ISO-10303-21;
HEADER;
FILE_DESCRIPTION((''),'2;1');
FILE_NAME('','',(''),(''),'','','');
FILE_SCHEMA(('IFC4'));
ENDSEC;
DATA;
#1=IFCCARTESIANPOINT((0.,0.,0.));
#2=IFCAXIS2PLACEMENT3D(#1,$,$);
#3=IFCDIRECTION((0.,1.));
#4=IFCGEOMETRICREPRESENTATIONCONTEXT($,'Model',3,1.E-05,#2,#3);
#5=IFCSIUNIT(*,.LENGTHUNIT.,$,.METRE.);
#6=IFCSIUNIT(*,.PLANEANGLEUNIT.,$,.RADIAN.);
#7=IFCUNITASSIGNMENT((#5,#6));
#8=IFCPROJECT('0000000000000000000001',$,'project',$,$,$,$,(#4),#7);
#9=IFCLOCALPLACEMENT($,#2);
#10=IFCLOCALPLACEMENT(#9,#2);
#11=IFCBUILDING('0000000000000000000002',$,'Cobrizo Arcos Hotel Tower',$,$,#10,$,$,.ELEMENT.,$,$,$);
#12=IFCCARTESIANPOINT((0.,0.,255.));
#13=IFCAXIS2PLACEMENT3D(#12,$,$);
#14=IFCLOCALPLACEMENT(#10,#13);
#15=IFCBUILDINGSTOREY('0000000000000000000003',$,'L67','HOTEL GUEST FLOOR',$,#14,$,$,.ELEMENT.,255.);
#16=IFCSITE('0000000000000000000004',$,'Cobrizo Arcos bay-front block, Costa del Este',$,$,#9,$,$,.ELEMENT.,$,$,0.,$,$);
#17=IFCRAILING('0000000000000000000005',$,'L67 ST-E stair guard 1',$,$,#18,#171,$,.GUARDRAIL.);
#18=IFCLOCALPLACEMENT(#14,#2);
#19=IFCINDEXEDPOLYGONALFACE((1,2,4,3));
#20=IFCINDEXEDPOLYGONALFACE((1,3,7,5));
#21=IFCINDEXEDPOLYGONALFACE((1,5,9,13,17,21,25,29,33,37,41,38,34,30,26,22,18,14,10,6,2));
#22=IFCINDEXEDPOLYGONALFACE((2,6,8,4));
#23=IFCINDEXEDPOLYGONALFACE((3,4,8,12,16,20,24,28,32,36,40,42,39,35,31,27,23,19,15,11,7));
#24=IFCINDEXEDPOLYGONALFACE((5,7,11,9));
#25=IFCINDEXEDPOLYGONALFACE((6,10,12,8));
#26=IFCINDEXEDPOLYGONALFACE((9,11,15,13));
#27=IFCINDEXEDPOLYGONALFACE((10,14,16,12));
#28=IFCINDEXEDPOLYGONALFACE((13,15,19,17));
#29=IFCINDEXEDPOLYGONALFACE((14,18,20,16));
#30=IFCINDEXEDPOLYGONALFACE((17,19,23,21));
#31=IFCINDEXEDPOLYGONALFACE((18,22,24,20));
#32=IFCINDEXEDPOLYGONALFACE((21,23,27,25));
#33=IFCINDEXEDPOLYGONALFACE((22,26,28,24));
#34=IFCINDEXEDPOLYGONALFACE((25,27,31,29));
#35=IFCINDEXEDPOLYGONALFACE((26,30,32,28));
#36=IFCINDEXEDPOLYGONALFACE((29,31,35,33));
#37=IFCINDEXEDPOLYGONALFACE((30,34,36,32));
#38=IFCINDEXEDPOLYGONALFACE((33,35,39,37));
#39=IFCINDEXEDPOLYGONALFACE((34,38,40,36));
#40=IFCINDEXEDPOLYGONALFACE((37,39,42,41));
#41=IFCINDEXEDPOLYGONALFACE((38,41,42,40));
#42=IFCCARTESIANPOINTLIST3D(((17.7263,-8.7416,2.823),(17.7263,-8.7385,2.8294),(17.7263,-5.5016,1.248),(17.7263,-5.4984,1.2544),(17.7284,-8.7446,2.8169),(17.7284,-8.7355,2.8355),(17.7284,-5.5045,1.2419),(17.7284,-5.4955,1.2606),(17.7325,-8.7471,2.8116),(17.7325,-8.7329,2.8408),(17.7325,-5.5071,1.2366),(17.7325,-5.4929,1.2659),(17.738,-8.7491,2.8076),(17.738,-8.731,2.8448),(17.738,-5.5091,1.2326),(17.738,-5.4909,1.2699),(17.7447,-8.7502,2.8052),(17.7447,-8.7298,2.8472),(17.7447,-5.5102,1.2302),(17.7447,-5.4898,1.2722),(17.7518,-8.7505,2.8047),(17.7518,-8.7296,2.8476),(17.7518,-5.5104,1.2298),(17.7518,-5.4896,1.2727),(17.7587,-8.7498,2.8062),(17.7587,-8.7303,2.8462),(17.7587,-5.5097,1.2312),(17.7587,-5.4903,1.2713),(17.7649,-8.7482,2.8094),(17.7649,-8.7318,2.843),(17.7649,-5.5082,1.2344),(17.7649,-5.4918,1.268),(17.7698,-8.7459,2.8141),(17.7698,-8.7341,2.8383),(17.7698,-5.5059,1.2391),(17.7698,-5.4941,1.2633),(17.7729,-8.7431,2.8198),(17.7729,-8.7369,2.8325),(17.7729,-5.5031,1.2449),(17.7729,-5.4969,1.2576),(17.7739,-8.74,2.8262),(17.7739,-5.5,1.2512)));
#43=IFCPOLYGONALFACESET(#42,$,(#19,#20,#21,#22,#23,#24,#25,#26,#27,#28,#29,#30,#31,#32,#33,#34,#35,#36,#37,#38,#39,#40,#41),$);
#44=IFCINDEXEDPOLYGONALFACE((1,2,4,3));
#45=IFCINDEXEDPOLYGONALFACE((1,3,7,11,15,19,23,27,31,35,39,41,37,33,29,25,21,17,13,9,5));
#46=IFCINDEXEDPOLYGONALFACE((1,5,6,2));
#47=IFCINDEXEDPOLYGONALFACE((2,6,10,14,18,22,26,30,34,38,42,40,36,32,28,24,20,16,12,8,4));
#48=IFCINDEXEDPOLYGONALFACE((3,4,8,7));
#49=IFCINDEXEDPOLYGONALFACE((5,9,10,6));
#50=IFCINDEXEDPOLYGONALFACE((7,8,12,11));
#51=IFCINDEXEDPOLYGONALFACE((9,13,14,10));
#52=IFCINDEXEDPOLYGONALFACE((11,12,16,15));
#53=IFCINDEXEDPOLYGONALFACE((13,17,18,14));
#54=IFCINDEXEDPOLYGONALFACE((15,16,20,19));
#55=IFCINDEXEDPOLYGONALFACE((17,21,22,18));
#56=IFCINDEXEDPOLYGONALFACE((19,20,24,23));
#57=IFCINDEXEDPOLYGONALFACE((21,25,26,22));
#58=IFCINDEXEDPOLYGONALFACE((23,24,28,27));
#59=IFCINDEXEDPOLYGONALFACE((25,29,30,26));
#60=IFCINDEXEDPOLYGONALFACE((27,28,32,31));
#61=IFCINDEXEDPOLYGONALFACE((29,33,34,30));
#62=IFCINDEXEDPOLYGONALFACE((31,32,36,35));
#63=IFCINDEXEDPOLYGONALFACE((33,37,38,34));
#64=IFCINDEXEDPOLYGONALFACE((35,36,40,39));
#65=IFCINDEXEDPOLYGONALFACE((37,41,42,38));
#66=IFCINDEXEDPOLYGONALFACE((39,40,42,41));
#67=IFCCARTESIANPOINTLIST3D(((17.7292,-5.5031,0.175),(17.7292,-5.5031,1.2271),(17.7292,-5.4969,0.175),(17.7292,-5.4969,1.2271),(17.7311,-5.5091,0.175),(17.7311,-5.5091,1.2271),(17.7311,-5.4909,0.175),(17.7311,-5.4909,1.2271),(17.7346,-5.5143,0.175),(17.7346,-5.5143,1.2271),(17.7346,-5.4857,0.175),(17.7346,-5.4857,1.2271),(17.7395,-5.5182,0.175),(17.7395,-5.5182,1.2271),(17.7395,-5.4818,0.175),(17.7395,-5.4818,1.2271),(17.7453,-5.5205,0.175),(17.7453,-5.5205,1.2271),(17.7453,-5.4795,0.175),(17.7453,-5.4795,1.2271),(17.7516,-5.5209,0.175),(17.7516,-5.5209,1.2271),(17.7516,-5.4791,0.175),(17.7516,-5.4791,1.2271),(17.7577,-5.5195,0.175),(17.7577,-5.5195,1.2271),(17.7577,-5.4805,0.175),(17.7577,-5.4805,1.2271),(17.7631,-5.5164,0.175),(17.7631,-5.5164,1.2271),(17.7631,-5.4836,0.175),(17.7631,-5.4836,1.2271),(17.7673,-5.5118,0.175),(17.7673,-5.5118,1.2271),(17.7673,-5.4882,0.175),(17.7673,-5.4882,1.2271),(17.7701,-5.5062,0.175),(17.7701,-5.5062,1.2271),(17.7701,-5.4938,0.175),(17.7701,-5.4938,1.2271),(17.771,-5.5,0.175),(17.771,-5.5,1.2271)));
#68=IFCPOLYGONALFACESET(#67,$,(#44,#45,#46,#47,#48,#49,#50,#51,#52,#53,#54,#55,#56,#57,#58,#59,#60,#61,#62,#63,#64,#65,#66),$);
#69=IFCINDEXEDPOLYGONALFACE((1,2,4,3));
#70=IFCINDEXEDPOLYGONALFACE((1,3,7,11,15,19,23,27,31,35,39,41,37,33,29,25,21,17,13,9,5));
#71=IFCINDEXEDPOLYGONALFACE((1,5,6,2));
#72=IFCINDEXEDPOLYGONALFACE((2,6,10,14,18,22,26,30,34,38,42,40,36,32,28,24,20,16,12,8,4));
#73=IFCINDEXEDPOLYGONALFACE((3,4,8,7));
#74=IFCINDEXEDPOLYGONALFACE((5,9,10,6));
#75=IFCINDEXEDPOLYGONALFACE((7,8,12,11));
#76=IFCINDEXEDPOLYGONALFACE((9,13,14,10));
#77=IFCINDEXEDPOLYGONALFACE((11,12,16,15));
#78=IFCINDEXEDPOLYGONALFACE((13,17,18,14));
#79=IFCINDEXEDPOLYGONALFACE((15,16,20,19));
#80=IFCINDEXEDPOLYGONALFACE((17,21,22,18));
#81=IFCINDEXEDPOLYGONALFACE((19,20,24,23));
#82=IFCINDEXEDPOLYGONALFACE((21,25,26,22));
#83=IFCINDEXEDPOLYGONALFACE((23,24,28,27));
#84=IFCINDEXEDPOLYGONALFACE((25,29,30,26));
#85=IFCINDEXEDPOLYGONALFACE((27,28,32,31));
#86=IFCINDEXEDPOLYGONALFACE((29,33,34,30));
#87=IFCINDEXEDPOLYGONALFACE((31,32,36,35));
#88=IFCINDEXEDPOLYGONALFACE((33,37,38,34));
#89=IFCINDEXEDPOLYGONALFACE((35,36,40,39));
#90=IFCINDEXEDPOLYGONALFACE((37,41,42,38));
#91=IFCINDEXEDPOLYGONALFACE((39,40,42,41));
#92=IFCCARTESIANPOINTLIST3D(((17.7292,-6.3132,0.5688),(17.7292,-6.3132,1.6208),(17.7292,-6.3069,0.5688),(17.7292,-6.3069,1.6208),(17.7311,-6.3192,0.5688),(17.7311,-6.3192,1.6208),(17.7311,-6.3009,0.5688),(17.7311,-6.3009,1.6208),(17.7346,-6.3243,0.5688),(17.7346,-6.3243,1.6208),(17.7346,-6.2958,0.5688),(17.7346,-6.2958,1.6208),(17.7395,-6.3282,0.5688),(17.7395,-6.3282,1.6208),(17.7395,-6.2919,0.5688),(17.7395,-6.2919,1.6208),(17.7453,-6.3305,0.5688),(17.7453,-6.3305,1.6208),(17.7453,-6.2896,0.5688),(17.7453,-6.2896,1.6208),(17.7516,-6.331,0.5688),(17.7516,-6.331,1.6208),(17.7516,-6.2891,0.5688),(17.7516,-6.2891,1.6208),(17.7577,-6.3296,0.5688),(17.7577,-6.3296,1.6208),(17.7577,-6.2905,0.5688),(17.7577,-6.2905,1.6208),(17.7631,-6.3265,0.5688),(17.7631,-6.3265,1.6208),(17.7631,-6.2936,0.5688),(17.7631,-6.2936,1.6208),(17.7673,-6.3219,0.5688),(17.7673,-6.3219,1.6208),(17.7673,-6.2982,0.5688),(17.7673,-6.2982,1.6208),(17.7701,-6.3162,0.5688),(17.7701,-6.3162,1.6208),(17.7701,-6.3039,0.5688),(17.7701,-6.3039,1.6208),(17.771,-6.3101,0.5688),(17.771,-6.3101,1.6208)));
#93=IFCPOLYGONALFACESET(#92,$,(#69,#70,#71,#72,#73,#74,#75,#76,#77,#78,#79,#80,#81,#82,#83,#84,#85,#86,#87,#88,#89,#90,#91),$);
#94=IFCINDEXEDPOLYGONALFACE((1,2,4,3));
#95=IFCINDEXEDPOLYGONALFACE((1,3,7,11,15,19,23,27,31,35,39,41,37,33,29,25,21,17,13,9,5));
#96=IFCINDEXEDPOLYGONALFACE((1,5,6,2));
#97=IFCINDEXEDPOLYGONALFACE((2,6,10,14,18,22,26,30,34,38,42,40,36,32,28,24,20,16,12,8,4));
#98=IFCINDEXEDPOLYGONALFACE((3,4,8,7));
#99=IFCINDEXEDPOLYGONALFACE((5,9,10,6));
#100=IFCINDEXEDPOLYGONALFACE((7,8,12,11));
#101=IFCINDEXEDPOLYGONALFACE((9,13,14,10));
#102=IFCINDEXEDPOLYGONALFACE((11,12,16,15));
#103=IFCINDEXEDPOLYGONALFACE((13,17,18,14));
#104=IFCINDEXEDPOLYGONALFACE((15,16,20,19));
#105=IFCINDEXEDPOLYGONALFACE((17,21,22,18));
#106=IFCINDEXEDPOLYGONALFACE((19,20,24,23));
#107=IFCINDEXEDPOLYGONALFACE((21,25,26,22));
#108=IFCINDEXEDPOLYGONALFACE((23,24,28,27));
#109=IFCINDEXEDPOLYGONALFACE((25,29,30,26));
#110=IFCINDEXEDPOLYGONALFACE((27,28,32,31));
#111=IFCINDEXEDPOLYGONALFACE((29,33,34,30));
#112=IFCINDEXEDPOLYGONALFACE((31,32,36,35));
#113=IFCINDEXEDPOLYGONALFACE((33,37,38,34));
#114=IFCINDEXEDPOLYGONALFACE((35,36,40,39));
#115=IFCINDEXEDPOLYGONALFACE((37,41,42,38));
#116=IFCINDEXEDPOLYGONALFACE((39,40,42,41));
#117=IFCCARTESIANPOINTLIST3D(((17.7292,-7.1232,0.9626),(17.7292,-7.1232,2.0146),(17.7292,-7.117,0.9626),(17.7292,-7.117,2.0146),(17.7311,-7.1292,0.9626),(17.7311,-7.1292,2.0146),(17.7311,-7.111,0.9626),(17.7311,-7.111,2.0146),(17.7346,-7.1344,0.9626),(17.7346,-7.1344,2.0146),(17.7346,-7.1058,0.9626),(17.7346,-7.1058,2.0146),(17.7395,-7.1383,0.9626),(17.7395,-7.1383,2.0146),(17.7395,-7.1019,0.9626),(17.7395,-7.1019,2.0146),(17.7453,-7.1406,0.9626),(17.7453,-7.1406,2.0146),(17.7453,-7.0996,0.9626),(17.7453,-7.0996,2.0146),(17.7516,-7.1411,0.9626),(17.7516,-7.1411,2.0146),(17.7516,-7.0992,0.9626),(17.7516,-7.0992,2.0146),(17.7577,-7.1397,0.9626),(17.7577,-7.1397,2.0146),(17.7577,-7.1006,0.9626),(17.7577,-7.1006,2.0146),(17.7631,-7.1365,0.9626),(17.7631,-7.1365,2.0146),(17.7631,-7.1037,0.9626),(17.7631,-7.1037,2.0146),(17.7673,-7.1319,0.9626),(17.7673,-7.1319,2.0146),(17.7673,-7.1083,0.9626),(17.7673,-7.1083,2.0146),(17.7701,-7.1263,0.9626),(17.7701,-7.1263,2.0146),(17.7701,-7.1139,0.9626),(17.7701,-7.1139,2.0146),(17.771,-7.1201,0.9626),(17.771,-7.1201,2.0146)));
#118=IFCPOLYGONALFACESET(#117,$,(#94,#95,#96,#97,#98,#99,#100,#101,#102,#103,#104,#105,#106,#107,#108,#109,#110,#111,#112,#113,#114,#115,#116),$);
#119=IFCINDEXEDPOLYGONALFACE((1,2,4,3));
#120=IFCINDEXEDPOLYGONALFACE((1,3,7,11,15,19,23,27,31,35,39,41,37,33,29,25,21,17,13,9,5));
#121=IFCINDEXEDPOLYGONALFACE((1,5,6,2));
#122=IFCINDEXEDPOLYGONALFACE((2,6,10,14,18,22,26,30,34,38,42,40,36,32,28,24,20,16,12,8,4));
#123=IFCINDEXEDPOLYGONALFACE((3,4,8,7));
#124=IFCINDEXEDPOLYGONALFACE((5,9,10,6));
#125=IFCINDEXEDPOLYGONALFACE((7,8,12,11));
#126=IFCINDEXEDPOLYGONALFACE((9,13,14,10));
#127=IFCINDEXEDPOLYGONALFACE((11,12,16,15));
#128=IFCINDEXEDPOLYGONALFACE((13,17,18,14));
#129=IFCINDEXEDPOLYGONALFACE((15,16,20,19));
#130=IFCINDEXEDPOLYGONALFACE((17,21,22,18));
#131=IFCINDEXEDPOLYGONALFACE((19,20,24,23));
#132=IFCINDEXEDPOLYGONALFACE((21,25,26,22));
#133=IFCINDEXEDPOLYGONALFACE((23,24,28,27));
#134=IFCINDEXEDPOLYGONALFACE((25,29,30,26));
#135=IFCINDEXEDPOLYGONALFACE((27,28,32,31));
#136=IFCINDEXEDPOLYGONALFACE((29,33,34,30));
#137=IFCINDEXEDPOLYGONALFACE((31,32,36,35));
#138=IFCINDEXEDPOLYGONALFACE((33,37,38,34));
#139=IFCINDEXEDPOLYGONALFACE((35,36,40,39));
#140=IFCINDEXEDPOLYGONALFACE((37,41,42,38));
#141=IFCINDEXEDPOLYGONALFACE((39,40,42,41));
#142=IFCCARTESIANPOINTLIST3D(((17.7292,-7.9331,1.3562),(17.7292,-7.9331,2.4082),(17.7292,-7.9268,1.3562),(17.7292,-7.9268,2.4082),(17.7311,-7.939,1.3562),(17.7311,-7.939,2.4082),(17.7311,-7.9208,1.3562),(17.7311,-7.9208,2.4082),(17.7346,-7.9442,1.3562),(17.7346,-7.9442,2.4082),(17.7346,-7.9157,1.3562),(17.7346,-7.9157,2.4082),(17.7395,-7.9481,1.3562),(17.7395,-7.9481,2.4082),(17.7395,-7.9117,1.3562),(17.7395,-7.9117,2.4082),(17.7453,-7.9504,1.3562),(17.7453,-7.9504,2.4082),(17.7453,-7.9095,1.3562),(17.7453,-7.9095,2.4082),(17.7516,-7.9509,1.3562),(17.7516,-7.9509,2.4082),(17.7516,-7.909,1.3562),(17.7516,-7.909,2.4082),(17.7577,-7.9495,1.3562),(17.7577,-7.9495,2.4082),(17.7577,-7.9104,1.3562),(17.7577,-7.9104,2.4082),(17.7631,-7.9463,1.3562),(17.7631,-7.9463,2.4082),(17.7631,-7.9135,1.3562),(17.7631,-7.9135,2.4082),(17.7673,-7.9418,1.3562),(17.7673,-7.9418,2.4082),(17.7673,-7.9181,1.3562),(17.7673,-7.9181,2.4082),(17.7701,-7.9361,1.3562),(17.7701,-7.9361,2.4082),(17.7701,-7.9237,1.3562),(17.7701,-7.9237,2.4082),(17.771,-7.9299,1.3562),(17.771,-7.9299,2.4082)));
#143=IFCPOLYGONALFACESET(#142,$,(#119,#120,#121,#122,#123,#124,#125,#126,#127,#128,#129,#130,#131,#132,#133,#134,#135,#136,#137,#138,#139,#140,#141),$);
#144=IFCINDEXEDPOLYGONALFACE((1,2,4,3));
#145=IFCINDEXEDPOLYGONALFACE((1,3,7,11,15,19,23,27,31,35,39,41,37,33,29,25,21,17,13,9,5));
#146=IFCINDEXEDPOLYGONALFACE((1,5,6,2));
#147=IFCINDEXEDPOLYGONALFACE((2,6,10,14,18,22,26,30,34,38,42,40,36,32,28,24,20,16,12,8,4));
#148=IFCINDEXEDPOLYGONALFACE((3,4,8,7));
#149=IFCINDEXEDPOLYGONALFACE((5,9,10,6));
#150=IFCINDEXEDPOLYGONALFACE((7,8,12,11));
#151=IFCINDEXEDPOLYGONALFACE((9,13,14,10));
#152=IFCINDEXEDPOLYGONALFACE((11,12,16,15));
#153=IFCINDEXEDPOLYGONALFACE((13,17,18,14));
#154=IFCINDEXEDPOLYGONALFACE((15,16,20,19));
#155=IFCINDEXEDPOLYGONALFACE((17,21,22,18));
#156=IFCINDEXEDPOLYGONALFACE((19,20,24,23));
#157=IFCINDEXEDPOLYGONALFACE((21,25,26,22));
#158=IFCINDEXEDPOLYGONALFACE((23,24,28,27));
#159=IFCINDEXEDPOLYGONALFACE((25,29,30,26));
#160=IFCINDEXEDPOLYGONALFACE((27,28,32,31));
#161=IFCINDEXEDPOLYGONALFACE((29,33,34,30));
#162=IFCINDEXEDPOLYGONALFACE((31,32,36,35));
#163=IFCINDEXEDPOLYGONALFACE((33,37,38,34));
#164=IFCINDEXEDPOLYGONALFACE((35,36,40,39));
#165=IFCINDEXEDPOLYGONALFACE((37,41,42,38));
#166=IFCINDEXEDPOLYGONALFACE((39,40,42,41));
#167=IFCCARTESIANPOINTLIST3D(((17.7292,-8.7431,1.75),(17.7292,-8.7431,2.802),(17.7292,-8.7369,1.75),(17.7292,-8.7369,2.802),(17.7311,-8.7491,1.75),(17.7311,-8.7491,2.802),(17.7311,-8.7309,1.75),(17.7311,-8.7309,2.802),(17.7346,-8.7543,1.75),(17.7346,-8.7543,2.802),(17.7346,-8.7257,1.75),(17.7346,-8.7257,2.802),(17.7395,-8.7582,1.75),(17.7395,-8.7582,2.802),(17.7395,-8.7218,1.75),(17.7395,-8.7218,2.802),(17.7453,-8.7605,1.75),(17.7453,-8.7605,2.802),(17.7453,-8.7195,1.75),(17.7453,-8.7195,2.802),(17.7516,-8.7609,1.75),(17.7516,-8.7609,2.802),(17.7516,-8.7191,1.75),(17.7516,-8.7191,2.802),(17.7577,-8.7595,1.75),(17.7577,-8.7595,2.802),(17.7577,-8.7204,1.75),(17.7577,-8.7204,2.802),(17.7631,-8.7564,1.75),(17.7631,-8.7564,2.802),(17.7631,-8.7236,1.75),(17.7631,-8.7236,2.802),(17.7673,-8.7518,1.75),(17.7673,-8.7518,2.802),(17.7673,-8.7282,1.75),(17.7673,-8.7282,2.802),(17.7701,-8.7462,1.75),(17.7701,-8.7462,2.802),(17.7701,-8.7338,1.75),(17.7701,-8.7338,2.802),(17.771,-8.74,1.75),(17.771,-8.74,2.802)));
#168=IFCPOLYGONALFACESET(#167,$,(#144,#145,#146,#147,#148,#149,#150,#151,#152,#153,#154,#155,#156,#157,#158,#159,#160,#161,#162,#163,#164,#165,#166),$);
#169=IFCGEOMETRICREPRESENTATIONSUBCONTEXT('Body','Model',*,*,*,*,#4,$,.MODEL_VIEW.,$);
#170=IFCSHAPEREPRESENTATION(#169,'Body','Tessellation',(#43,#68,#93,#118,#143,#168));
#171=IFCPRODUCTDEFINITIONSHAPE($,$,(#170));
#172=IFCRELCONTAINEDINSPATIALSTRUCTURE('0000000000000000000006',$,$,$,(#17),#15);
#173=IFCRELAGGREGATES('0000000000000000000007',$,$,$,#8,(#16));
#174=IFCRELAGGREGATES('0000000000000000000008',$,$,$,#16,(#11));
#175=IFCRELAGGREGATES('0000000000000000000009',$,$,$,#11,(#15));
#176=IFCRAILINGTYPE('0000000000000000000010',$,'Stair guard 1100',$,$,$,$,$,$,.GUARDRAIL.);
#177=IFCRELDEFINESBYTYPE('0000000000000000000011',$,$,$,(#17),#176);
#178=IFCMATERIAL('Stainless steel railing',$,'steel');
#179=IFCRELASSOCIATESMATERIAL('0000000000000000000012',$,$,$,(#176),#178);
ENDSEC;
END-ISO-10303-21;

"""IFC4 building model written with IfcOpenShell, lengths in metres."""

from ifc_helpers import new_model, si_unit, direction, frame, origin, origin_2d, place, context, subcontext, project, spatial, circle, extrude, material, type_object, element, save


model = new_model("IFC4")

# Units and contexts
model_context = context("Model", 3, precision=1e-05, world=origin(), true_north=direction((0.0, 1.0)))
body_context = subcontext(model_context, "Body", "Model", "MODEL_VIEW")
ifc_project = project(units=[si_unit("LENGTHUNIT", "METRE"), si_unit("PLANEANGLEUNIT", "RADIAN")], contexts=[model_context])

# Site, building, storey
site_placement = place(None, origin())
site = spatial("IfcSite", under=ifc_project, at=site_placement, Name="Cobrizo Arcos bay-front block, Costa del Este", CompositionType="ELEMENT", RefElevation=0.0)
building_placement = place(site_placement, origin())
building = spatial("IfcBuilding", under=site, at=building_placement, Name="Cobrizo Arcos Hotel Tower", CompositionType="ELEMENT")
storey_placement = place(building_placement, frame((0.0, 0.0, 255.0)))
storey = spatial("IfcBuildingStorey", under=building, at=storey_placement, Name="L67", Description="HOTEL GUEST FLOOR", CompositionType="ELEMENT", Elevation=255.0)

# Railing
ifc_material_1 = material(Name="Stainless steel railing", Category="steel")
railing_type_1 = type_object("IfcRailingType", Name="Stair guard 1100", PredefinedType="GUARDRAIL", material=ifc_material_1)
railing_1_placement = place(storey_placement, frame((17.75, -5.5, 0.175)))
element("IfcRailing", 1, at=railing_1_placement, inside=storey, type_object=railing_type_1, Name="L67 ST-E stair guard 1", PredefinedType="GUARDRAIL", context=body_context, shape_type="SweptSolid", body=[
    extrude(circle(Radius=0.0239, at=origin_2d()), frame((0.0, 0.0, 1.0762), z_axis=(0.0, -0.899373, 0.437183), x_axis=(1.0, 0.0, 0.0)), (0.0, 0.0, 1.0), 3.6025),
    extrude(circle(Radius=0.021, at=origin_2d()), origin(), (0.0, 0.0, 1.0), 1.052),
    extrude(circle(Radius=0.021, at=origin_2d()), frame((0.0, -0.8101, 0.3938)), (0.0, 0.0, 1.0), 1.052),
    extrude(circle(Radius=0.021, at=origin_2d()), frame((0.0, -1.6201, 0.7876)), (0.0, 0.0, 1.0), 1.052),
    extrude(circle(Radius=0.021, at=origin_2d()), frame((0.0, -2.4299, 1.1812)), (0.0, 0.0, 1.0), 1.052),
    extrude(circle(Radius=0.021, at=origin_2d()), frame((0.0, -3.24, 1.575)), (0.0, 0.0, 1.0), 1.052),
])

save(model, "model.ifc")
